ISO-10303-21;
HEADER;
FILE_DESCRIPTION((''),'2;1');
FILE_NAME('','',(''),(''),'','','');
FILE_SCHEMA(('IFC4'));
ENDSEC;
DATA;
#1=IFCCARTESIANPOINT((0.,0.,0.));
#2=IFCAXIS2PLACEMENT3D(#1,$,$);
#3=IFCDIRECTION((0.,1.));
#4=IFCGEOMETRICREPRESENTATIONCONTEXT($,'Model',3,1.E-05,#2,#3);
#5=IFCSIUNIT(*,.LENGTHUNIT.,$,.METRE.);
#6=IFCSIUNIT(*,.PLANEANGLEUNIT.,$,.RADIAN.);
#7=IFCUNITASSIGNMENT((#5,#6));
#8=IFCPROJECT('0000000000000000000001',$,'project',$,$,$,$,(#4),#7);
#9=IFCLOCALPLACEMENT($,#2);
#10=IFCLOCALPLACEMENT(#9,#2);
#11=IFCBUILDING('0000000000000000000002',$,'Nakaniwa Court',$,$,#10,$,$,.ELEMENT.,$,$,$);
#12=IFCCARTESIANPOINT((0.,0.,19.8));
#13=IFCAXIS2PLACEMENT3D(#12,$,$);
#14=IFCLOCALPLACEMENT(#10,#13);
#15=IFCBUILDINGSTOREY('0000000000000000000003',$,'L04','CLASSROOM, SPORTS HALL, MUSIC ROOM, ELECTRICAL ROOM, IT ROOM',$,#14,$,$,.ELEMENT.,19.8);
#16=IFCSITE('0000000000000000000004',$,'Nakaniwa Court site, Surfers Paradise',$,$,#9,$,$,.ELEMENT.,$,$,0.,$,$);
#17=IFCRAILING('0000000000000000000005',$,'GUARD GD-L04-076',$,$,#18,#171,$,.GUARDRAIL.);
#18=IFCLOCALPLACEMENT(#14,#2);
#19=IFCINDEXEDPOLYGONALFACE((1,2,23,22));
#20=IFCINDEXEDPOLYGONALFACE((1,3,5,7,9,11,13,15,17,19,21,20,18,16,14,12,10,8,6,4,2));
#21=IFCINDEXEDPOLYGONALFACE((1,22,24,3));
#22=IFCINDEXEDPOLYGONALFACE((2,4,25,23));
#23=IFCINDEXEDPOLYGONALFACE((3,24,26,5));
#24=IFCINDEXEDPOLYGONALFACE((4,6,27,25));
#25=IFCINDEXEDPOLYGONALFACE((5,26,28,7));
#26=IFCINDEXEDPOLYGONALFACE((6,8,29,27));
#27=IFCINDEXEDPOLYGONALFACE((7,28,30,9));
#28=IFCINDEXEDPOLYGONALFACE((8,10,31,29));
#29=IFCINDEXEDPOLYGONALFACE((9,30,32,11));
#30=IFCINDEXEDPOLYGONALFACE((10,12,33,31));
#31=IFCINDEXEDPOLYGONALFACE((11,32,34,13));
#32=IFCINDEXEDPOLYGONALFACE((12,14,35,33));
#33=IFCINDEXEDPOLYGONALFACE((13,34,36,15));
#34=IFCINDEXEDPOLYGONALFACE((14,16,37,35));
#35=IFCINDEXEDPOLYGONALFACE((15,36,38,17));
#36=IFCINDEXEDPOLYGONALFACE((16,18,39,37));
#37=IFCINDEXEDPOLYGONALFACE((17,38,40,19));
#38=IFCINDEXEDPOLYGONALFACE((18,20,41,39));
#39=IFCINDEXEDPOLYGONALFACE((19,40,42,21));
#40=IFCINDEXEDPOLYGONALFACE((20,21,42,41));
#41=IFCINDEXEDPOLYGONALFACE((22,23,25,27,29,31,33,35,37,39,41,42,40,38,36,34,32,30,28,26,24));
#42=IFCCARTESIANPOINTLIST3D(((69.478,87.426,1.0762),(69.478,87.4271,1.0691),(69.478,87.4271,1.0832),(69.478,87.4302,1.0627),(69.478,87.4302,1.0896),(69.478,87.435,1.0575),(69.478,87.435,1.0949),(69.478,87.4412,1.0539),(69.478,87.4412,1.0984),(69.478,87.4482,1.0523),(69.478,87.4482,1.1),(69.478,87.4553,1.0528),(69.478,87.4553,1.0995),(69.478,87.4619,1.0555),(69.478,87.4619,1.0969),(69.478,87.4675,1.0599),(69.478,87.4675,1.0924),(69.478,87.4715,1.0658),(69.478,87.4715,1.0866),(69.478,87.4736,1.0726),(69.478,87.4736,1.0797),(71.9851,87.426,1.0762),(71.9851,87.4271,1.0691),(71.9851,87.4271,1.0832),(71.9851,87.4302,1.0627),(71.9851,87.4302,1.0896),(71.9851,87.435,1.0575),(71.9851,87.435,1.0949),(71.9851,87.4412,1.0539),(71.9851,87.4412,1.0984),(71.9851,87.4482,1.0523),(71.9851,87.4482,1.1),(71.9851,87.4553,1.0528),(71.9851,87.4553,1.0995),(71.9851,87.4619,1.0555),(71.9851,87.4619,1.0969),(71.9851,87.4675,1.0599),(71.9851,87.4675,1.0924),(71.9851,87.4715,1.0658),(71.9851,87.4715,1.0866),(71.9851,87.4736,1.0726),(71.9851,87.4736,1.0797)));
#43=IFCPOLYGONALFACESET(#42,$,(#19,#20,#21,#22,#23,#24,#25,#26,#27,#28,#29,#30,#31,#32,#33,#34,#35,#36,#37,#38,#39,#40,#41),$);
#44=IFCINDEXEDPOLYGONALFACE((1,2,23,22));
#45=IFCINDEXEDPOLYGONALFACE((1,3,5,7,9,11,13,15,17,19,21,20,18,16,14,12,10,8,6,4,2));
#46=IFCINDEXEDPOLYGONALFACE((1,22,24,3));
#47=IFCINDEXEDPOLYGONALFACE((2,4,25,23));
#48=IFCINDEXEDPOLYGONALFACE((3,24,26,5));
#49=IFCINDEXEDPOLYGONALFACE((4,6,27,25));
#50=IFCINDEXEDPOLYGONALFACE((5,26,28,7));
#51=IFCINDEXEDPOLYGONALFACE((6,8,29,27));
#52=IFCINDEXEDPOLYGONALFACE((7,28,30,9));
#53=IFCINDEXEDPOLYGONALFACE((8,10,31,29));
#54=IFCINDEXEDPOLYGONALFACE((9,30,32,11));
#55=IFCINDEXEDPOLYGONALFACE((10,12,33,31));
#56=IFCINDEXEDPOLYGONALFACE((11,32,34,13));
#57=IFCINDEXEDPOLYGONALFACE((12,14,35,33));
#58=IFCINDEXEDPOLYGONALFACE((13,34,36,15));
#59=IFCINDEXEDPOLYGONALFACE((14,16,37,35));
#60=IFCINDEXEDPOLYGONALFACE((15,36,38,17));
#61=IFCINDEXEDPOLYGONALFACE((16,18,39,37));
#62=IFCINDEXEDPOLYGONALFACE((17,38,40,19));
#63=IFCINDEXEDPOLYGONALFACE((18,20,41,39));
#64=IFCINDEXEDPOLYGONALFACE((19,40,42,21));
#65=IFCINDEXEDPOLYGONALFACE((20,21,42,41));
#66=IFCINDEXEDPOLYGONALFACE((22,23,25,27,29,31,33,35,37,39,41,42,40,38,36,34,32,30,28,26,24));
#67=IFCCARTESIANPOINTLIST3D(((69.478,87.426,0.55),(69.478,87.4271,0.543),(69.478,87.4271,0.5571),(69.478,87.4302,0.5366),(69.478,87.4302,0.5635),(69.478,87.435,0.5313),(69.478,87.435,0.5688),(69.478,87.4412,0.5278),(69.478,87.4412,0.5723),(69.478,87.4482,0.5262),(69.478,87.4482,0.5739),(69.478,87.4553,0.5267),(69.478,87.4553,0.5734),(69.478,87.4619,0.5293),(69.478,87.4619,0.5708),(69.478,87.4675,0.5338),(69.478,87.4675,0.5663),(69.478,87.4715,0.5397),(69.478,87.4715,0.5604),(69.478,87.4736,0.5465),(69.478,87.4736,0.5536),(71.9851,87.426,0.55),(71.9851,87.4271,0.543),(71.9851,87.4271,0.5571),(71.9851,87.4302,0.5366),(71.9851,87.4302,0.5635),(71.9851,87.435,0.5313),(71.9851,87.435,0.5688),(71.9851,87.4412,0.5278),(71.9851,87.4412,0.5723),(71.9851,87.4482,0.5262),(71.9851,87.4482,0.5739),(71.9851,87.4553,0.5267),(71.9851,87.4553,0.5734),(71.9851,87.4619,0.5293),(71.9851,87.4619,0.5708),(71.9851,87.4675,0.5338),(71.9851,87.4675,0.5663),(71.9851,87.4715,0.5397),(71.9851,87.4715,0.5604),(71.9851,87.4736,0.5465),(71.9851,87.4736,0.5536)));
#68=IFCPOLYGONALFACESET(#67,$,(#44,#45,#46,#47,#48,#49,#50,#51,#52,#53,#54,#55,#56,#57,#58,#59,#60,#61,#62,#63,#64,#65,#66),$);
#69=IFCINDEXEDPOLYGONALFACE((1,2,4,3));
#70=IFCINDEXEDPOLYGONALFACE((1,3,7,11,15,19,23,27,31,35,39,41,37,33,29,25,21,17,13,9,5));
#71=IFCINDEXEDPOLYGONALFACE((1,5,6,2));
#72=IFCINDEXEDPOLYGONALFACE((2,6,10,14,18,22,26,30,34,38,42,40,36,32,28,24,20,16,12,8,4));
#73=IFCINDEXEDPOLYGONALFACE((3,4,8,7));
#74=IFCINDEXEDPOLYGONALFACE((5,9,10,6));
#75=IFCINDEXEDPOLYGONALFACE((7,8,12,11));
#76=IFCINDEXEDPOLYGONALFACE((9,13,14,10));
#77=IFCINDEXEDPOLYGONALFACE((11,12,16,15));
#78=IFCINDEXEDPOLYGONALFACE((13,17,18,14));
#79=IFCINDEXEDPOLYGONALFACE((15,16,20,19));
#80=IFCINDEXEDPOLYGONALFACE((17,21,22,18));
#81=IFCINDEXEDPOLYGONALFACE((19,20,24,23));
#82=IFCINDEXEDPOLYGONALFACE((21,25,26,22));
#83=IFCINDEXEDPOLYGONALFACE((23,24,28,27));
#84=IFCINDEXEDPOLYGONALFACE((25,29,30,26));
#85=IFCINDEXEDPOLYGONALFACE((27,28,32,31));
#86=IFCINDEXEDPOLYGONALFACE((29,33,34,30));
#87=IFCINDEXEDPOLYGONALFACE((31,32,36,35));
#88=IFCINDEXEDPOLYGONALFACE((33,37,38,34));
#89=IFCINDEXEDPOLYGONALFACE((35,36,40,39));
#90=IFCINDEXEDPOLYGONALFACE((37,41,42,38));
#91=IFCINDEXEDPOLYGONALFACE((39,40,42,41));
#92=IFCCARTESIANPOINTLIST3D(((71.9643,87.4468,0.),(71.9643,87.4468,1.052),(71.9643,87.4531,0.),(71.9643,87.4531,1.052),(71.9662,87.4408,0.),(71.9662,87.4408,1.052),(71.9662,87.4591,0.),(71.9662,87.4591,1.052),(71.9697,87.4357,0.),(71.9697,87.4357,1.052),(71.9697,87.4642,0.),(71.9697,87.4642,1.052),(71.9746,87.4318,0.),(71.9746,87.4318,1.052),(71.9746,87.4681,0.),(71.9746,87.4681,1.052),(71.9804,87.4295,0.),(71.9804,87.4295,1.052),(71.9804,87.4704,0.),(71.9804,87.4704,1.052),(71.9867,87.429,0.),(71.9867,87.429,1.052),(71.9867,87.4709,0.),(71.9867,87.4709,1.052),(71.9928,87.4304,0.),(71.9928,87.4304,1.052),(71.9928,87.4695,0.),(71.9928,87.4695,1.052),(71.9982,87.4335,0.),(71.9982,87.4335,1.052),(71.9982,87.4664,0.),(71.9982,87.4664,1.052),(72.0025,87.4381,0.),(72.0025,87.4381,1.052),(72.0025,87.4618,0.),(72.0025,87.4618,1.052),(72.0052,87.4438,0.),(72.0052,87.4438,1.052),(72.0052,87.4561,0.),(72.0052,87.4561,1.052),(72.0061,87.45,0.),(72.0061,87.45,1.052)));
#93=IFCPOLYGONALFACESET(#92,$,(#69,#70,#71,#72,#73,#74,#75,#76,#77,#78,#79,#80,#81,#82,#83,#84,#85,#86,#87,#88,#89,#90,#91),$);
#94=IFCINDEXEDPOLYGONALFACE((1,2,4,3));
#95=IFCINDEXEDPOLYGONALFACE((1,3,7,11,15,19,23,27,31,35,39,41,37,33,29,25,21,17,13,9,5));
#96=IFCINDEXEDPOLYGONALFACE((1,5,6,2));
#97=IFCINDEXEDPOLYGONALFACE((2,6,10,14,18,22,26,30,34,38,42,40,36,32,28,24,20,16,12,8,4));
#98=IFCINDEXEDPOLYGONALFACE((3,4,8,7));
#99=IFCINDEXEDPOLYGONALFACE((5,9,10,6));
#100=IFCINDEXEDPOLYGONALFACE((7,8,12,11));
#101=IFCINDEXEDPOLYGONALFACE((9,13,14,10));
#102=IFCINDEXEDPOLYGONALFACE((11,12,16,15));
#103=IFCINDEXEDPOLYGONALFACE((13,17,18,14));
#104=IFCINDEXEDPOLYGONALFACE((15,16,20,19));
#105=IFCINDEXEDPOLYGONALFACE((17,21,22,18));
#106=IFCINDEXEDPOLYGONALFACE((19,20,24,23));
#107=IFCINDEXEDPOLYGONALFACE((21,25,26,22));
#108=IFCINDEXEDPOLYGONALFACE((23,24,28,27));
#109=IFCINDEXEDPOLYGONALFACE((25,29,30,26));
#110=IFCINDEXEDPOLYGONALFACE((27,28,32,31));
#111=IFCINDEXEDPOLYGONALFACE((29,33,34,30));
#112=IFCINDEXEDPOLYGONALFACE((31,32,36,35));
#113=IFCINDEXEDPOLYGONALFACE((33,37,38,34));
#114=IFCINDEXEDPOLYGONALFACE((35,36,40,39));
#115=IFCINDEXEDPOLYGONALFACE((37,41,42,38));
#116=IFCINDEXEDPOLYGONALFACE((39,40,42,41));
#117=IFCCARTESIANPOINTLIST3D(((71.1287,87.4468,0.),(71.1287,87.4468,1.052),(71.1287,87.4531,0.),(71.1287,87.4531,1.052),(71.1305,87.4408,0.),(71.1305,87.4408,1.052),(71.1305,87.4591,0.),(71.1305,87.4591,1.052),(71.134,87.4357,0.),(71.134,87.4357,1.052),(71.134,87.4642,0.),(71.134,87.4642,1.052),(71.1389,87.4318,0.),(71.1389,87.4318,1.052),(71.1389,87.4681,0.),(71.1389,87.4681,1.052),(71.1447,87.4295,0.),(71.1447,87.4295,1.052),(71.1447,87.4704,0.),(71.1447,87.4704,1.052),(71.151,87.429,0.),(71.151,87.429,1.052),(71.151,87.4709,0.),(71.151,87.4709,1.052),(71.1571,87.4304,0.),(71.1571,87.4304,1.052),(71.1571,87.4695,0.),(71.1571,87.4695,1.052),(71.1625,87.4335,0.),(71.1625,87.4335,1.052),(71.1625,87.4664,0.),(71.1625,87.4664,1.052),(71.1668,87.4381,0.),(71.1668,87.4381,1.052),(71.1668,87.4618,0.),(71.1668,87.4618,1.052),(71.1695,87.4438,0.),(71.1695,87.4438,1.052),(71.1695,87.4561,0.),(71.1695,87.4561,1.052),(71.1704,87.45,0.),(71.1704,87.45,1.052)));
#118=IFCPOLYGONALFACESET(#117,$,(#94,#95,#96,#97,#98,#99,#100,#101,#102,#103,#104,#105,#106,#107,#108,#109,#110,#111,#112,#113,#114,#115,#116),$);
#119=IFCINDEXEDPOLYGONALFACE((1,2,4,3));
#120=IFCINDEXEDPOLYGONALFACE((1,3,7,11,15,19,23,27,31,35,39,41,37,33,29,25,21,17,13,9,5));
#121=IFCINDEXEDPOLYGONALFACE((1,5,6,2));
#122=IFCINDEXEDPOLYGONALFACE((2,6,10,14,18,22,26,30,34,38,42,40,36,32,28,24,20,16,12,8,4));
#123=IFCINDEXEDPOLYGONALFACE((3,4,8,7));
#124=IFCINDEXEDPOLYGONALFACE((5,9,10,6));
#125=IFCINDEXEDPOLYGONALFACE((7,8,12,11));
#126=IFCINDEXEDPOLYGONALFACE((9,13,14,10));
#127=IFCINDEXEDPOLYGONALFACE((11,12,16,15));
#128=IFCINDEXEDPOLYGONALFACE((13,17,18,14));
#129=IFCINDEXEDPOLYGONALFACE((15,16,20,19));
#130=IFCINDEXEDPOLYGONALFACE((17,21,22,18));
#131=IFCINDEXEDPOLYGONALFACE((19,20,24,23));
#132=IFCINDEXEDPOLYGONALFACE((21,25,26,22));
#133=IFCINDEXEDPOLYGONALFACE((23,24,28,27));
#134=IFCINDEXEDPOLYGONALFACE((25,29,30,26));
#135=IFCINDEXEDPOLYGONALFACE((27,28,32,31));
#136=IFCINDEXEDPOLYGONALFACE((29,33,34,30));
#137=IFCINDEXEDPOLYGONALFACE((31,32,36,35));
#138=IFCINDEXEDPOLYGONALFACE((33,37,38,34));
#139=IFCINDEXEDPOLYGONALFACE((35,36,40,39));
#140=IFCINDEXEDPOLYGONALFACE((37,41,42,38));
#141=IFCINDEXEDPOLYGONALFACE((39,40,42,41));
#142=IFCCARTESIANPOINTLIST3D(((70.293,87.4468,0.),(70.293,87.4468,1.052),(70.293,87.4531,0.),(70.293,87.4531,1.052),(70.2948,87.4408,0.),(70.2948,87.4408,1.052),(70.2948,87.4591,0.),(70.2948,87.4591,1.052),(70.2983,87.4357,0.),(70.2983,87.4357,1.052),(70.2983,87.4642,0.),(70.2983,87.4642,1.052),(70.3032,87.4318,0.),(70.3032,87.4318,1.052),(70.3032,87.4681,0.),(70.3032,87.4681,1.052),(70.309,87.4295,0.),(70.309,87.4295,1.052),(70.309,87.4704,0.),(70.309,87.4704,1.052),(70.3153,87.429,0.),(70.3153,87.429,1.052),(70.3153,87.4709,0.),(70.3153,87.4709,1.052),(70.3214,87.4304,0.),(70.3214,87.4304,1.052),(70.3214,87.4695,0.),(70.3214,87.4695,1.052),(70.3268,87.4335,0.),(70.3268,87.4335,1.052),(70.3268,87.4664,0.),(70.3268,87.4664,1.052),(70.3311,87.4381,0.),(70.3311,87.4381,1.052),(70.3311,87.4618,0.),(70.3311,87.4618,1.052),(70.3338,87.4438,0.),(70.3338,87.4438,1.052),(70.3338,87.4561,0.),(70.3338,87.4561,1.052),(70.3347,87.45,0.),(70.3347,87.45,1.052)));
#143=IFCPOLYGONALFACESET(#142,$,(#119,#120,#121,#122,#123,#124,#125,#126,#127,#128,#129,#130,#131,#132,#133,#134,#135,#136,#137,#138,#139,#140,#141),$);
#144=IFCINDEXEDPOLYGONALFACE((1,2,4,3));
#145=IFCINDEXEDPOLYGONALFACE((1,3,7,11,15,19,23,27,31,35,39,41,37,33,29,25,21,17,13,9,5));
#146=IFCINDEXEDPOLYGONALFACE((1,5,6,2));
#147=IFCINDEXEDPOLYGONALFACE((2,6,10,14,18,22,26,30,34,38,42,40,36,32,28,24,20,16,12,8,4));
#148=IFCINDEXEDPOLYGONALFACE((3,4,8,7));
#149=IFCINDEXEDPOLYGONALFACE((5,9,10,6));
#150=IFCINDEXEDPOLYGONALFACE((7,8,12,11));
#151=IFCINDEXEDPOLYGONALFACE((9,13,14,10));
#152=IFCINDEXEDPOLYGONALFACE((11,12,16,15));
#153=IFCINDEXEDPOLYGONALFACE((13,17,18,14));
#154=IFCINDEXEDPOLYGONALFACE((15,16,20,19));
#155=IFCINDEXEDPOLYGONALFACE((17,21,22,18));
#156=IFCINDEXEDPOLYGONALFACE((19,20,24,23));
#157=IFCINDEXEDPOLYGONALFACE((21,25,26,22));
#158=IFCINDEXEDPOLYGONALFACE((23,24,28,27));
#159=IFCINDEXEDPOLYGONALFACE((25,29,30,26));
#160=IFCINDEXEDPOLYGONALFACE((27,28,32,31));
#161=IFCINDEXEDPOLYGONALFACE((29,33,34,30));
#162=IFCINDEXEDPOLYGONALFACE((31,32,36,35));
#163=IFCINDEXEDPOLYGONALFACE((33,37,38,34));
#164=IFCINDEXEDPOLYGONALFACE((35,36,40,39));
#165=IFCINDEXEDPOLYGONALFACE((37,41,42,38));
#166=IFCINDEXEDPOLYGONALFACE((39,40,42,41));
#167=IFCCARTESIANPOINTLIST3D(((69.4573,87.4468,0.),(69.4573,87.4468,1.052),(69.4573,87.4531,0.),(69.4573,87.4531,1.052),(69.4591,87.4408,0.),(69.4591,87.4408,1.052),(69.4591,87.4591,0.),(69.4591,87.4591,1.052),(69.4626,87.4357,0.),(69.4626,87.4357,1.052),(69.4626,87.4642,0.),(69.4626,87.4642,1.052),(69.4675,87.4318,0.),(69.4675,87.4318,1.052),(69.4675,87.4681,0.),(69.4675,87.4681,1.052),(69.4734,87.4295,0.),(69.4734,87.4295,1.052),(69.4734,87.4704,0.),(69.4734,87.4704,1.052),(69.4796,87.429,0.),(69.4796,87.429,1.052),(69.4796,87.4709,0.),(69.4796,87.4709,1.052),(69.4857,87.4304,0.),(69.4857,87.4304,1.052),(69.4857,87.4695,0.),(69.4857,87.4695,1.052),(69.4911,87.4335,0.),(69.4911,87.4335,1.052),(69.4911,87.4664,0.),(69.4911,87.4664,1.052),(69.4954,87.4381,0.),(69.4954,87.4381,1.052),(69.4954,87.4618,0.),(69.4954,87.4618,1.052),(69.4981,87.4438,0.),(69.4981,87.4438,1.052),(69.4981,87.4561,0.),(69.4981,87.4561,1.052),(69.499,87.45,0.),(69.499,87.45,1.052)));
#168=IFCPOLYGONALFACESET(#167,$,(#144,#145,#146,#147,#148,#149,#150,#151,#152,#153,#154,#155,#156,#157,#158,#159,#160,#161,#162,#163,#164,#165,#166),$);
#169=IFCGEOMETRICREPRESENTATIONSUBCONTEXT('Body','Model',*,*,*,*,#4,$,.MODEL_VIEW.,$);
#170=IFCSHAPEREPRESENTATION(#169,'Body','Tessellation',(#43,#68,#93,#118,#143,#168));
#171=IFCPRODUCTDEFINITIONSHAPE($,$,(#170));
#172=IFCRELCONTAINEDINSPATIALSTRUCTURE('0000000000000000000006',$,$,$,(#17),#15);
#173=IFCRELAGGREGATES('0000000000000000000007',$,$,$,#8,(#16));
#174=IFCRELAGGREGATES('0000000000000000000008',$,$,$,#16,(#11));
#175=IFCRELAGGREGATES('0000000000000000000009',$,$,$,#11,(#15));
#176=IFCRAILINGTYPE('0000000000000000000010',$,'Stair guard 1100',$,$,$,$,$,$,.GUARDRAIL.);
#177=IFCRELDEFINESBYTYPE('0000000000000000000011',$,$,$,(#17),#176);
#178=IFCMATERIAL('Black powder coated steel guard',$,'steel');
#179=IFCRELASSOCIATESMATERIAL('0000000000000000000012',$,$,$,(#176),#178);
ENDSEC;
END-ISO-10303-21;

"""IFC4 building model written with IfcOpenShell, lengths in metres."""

from ifc_helpers import new_model, si_unit, direction, frame, origin, origin_2d, place, context, subcontext, project, spatial, circle, extrude, material, type_object, element, save


model = new_model("IFC4")

# Units and contexts
model_context = context("Model", 3, precision=1e-05, world=origin(), true_north=direction((0.0, 1.0)))
body_context = subcontext(model_context, "Body", "Model", "MODEL_VIEW")
ifc_project = project(units=[si_unit("LENGTHUNIT", "METRE"), si_unit("PLANEANGLEUNIT", "RADIAN")], contexts=[model_context])

# Site, building, storey
site_placement = place(None, origin())
site = spatial("IfcSite", under=ifc_project, at=site_placement, Name="Nakaniwa Court site, Surfers Paradise", CompositionType="ELEMENT", RefElevation=0.0)
building_placement = place(site_placement, origin())
building = spatial("IfcBuilding", under=site, at=building_placement, Name="Nakaniwa Court", CompositionType="ELEMENT")
storey_placement = place(building_placement, frame((0.0, 0.0, 19.8)))
storey = spatial("IfcBuildingStorey", under=building, at=storey_placement, Name="L04", Description="CLASSROOM, SPORTS HALL, MUSIC ROOM, ELECTRICAL ROOM, IT ROOM", CompositionType="ELEMENT", Elevation=19.8)

# Railing
ifc_material_1 = material(Name="Black powder coated steel guard", Category="steel")
railing_type = type_object("IfcRailingType", Name="Stair guard 1100", PredefinedType="GUARDRAIL", material=ifc_material_1)
railing_1_placement = place(storey_placement, frame((71.9851, 87.45, 0.0)))
element("IfcRailing", 1, at=railing_1_placement, inside=storey, type_object=railing_type, Name="GUARD GD-L04-076", PredefinedType="GUARDRAIL", context=body_context, shape_type="SweptSolid", body=[
    extrude(circle(Radius=0.0239, at=origin_2d()), frame((0.0, 0.0, 1.0762), z_axis=(-1.0, 0.0, 0.0), x_axis=(0.0, -1.0, 0.0)), (0.0, 0.0, 1.0), 2.5071),
    extrude(circle(Radius=0.0239, at=origin_2d()), frame((0.0, 0.0, 0.55), z_axis=(-1.0, 0.0, 0.0), x_axis=(0.0, -1.0, 0.0)), (0.0, 0.0, 1.0), 2.5071),
    extrude(circle(Radius=0.021, at=origin_2d()), origin(), (0.0, 0.0, 1.0), 1.052),
    extrude(circle(Radius=0.021, at=origin_2d()), frame((-0.8357, 0.0, 0.0)), (0.0, 0.0, 1.0), 1.052),
    extrude(circle(Radius=0.021, at=origin_2d()), frame((-1.6714, 0.0, 0.0)), (0.0, 0.0, 1.0), 1.052),
    extrude(circle(Radius=0.021, at=origin_2d()), frame((-2.5071, 0.0, 0.0)), (0.0, 0.0, 1.0), 1.052),
])

save(model, "model.ifc")
